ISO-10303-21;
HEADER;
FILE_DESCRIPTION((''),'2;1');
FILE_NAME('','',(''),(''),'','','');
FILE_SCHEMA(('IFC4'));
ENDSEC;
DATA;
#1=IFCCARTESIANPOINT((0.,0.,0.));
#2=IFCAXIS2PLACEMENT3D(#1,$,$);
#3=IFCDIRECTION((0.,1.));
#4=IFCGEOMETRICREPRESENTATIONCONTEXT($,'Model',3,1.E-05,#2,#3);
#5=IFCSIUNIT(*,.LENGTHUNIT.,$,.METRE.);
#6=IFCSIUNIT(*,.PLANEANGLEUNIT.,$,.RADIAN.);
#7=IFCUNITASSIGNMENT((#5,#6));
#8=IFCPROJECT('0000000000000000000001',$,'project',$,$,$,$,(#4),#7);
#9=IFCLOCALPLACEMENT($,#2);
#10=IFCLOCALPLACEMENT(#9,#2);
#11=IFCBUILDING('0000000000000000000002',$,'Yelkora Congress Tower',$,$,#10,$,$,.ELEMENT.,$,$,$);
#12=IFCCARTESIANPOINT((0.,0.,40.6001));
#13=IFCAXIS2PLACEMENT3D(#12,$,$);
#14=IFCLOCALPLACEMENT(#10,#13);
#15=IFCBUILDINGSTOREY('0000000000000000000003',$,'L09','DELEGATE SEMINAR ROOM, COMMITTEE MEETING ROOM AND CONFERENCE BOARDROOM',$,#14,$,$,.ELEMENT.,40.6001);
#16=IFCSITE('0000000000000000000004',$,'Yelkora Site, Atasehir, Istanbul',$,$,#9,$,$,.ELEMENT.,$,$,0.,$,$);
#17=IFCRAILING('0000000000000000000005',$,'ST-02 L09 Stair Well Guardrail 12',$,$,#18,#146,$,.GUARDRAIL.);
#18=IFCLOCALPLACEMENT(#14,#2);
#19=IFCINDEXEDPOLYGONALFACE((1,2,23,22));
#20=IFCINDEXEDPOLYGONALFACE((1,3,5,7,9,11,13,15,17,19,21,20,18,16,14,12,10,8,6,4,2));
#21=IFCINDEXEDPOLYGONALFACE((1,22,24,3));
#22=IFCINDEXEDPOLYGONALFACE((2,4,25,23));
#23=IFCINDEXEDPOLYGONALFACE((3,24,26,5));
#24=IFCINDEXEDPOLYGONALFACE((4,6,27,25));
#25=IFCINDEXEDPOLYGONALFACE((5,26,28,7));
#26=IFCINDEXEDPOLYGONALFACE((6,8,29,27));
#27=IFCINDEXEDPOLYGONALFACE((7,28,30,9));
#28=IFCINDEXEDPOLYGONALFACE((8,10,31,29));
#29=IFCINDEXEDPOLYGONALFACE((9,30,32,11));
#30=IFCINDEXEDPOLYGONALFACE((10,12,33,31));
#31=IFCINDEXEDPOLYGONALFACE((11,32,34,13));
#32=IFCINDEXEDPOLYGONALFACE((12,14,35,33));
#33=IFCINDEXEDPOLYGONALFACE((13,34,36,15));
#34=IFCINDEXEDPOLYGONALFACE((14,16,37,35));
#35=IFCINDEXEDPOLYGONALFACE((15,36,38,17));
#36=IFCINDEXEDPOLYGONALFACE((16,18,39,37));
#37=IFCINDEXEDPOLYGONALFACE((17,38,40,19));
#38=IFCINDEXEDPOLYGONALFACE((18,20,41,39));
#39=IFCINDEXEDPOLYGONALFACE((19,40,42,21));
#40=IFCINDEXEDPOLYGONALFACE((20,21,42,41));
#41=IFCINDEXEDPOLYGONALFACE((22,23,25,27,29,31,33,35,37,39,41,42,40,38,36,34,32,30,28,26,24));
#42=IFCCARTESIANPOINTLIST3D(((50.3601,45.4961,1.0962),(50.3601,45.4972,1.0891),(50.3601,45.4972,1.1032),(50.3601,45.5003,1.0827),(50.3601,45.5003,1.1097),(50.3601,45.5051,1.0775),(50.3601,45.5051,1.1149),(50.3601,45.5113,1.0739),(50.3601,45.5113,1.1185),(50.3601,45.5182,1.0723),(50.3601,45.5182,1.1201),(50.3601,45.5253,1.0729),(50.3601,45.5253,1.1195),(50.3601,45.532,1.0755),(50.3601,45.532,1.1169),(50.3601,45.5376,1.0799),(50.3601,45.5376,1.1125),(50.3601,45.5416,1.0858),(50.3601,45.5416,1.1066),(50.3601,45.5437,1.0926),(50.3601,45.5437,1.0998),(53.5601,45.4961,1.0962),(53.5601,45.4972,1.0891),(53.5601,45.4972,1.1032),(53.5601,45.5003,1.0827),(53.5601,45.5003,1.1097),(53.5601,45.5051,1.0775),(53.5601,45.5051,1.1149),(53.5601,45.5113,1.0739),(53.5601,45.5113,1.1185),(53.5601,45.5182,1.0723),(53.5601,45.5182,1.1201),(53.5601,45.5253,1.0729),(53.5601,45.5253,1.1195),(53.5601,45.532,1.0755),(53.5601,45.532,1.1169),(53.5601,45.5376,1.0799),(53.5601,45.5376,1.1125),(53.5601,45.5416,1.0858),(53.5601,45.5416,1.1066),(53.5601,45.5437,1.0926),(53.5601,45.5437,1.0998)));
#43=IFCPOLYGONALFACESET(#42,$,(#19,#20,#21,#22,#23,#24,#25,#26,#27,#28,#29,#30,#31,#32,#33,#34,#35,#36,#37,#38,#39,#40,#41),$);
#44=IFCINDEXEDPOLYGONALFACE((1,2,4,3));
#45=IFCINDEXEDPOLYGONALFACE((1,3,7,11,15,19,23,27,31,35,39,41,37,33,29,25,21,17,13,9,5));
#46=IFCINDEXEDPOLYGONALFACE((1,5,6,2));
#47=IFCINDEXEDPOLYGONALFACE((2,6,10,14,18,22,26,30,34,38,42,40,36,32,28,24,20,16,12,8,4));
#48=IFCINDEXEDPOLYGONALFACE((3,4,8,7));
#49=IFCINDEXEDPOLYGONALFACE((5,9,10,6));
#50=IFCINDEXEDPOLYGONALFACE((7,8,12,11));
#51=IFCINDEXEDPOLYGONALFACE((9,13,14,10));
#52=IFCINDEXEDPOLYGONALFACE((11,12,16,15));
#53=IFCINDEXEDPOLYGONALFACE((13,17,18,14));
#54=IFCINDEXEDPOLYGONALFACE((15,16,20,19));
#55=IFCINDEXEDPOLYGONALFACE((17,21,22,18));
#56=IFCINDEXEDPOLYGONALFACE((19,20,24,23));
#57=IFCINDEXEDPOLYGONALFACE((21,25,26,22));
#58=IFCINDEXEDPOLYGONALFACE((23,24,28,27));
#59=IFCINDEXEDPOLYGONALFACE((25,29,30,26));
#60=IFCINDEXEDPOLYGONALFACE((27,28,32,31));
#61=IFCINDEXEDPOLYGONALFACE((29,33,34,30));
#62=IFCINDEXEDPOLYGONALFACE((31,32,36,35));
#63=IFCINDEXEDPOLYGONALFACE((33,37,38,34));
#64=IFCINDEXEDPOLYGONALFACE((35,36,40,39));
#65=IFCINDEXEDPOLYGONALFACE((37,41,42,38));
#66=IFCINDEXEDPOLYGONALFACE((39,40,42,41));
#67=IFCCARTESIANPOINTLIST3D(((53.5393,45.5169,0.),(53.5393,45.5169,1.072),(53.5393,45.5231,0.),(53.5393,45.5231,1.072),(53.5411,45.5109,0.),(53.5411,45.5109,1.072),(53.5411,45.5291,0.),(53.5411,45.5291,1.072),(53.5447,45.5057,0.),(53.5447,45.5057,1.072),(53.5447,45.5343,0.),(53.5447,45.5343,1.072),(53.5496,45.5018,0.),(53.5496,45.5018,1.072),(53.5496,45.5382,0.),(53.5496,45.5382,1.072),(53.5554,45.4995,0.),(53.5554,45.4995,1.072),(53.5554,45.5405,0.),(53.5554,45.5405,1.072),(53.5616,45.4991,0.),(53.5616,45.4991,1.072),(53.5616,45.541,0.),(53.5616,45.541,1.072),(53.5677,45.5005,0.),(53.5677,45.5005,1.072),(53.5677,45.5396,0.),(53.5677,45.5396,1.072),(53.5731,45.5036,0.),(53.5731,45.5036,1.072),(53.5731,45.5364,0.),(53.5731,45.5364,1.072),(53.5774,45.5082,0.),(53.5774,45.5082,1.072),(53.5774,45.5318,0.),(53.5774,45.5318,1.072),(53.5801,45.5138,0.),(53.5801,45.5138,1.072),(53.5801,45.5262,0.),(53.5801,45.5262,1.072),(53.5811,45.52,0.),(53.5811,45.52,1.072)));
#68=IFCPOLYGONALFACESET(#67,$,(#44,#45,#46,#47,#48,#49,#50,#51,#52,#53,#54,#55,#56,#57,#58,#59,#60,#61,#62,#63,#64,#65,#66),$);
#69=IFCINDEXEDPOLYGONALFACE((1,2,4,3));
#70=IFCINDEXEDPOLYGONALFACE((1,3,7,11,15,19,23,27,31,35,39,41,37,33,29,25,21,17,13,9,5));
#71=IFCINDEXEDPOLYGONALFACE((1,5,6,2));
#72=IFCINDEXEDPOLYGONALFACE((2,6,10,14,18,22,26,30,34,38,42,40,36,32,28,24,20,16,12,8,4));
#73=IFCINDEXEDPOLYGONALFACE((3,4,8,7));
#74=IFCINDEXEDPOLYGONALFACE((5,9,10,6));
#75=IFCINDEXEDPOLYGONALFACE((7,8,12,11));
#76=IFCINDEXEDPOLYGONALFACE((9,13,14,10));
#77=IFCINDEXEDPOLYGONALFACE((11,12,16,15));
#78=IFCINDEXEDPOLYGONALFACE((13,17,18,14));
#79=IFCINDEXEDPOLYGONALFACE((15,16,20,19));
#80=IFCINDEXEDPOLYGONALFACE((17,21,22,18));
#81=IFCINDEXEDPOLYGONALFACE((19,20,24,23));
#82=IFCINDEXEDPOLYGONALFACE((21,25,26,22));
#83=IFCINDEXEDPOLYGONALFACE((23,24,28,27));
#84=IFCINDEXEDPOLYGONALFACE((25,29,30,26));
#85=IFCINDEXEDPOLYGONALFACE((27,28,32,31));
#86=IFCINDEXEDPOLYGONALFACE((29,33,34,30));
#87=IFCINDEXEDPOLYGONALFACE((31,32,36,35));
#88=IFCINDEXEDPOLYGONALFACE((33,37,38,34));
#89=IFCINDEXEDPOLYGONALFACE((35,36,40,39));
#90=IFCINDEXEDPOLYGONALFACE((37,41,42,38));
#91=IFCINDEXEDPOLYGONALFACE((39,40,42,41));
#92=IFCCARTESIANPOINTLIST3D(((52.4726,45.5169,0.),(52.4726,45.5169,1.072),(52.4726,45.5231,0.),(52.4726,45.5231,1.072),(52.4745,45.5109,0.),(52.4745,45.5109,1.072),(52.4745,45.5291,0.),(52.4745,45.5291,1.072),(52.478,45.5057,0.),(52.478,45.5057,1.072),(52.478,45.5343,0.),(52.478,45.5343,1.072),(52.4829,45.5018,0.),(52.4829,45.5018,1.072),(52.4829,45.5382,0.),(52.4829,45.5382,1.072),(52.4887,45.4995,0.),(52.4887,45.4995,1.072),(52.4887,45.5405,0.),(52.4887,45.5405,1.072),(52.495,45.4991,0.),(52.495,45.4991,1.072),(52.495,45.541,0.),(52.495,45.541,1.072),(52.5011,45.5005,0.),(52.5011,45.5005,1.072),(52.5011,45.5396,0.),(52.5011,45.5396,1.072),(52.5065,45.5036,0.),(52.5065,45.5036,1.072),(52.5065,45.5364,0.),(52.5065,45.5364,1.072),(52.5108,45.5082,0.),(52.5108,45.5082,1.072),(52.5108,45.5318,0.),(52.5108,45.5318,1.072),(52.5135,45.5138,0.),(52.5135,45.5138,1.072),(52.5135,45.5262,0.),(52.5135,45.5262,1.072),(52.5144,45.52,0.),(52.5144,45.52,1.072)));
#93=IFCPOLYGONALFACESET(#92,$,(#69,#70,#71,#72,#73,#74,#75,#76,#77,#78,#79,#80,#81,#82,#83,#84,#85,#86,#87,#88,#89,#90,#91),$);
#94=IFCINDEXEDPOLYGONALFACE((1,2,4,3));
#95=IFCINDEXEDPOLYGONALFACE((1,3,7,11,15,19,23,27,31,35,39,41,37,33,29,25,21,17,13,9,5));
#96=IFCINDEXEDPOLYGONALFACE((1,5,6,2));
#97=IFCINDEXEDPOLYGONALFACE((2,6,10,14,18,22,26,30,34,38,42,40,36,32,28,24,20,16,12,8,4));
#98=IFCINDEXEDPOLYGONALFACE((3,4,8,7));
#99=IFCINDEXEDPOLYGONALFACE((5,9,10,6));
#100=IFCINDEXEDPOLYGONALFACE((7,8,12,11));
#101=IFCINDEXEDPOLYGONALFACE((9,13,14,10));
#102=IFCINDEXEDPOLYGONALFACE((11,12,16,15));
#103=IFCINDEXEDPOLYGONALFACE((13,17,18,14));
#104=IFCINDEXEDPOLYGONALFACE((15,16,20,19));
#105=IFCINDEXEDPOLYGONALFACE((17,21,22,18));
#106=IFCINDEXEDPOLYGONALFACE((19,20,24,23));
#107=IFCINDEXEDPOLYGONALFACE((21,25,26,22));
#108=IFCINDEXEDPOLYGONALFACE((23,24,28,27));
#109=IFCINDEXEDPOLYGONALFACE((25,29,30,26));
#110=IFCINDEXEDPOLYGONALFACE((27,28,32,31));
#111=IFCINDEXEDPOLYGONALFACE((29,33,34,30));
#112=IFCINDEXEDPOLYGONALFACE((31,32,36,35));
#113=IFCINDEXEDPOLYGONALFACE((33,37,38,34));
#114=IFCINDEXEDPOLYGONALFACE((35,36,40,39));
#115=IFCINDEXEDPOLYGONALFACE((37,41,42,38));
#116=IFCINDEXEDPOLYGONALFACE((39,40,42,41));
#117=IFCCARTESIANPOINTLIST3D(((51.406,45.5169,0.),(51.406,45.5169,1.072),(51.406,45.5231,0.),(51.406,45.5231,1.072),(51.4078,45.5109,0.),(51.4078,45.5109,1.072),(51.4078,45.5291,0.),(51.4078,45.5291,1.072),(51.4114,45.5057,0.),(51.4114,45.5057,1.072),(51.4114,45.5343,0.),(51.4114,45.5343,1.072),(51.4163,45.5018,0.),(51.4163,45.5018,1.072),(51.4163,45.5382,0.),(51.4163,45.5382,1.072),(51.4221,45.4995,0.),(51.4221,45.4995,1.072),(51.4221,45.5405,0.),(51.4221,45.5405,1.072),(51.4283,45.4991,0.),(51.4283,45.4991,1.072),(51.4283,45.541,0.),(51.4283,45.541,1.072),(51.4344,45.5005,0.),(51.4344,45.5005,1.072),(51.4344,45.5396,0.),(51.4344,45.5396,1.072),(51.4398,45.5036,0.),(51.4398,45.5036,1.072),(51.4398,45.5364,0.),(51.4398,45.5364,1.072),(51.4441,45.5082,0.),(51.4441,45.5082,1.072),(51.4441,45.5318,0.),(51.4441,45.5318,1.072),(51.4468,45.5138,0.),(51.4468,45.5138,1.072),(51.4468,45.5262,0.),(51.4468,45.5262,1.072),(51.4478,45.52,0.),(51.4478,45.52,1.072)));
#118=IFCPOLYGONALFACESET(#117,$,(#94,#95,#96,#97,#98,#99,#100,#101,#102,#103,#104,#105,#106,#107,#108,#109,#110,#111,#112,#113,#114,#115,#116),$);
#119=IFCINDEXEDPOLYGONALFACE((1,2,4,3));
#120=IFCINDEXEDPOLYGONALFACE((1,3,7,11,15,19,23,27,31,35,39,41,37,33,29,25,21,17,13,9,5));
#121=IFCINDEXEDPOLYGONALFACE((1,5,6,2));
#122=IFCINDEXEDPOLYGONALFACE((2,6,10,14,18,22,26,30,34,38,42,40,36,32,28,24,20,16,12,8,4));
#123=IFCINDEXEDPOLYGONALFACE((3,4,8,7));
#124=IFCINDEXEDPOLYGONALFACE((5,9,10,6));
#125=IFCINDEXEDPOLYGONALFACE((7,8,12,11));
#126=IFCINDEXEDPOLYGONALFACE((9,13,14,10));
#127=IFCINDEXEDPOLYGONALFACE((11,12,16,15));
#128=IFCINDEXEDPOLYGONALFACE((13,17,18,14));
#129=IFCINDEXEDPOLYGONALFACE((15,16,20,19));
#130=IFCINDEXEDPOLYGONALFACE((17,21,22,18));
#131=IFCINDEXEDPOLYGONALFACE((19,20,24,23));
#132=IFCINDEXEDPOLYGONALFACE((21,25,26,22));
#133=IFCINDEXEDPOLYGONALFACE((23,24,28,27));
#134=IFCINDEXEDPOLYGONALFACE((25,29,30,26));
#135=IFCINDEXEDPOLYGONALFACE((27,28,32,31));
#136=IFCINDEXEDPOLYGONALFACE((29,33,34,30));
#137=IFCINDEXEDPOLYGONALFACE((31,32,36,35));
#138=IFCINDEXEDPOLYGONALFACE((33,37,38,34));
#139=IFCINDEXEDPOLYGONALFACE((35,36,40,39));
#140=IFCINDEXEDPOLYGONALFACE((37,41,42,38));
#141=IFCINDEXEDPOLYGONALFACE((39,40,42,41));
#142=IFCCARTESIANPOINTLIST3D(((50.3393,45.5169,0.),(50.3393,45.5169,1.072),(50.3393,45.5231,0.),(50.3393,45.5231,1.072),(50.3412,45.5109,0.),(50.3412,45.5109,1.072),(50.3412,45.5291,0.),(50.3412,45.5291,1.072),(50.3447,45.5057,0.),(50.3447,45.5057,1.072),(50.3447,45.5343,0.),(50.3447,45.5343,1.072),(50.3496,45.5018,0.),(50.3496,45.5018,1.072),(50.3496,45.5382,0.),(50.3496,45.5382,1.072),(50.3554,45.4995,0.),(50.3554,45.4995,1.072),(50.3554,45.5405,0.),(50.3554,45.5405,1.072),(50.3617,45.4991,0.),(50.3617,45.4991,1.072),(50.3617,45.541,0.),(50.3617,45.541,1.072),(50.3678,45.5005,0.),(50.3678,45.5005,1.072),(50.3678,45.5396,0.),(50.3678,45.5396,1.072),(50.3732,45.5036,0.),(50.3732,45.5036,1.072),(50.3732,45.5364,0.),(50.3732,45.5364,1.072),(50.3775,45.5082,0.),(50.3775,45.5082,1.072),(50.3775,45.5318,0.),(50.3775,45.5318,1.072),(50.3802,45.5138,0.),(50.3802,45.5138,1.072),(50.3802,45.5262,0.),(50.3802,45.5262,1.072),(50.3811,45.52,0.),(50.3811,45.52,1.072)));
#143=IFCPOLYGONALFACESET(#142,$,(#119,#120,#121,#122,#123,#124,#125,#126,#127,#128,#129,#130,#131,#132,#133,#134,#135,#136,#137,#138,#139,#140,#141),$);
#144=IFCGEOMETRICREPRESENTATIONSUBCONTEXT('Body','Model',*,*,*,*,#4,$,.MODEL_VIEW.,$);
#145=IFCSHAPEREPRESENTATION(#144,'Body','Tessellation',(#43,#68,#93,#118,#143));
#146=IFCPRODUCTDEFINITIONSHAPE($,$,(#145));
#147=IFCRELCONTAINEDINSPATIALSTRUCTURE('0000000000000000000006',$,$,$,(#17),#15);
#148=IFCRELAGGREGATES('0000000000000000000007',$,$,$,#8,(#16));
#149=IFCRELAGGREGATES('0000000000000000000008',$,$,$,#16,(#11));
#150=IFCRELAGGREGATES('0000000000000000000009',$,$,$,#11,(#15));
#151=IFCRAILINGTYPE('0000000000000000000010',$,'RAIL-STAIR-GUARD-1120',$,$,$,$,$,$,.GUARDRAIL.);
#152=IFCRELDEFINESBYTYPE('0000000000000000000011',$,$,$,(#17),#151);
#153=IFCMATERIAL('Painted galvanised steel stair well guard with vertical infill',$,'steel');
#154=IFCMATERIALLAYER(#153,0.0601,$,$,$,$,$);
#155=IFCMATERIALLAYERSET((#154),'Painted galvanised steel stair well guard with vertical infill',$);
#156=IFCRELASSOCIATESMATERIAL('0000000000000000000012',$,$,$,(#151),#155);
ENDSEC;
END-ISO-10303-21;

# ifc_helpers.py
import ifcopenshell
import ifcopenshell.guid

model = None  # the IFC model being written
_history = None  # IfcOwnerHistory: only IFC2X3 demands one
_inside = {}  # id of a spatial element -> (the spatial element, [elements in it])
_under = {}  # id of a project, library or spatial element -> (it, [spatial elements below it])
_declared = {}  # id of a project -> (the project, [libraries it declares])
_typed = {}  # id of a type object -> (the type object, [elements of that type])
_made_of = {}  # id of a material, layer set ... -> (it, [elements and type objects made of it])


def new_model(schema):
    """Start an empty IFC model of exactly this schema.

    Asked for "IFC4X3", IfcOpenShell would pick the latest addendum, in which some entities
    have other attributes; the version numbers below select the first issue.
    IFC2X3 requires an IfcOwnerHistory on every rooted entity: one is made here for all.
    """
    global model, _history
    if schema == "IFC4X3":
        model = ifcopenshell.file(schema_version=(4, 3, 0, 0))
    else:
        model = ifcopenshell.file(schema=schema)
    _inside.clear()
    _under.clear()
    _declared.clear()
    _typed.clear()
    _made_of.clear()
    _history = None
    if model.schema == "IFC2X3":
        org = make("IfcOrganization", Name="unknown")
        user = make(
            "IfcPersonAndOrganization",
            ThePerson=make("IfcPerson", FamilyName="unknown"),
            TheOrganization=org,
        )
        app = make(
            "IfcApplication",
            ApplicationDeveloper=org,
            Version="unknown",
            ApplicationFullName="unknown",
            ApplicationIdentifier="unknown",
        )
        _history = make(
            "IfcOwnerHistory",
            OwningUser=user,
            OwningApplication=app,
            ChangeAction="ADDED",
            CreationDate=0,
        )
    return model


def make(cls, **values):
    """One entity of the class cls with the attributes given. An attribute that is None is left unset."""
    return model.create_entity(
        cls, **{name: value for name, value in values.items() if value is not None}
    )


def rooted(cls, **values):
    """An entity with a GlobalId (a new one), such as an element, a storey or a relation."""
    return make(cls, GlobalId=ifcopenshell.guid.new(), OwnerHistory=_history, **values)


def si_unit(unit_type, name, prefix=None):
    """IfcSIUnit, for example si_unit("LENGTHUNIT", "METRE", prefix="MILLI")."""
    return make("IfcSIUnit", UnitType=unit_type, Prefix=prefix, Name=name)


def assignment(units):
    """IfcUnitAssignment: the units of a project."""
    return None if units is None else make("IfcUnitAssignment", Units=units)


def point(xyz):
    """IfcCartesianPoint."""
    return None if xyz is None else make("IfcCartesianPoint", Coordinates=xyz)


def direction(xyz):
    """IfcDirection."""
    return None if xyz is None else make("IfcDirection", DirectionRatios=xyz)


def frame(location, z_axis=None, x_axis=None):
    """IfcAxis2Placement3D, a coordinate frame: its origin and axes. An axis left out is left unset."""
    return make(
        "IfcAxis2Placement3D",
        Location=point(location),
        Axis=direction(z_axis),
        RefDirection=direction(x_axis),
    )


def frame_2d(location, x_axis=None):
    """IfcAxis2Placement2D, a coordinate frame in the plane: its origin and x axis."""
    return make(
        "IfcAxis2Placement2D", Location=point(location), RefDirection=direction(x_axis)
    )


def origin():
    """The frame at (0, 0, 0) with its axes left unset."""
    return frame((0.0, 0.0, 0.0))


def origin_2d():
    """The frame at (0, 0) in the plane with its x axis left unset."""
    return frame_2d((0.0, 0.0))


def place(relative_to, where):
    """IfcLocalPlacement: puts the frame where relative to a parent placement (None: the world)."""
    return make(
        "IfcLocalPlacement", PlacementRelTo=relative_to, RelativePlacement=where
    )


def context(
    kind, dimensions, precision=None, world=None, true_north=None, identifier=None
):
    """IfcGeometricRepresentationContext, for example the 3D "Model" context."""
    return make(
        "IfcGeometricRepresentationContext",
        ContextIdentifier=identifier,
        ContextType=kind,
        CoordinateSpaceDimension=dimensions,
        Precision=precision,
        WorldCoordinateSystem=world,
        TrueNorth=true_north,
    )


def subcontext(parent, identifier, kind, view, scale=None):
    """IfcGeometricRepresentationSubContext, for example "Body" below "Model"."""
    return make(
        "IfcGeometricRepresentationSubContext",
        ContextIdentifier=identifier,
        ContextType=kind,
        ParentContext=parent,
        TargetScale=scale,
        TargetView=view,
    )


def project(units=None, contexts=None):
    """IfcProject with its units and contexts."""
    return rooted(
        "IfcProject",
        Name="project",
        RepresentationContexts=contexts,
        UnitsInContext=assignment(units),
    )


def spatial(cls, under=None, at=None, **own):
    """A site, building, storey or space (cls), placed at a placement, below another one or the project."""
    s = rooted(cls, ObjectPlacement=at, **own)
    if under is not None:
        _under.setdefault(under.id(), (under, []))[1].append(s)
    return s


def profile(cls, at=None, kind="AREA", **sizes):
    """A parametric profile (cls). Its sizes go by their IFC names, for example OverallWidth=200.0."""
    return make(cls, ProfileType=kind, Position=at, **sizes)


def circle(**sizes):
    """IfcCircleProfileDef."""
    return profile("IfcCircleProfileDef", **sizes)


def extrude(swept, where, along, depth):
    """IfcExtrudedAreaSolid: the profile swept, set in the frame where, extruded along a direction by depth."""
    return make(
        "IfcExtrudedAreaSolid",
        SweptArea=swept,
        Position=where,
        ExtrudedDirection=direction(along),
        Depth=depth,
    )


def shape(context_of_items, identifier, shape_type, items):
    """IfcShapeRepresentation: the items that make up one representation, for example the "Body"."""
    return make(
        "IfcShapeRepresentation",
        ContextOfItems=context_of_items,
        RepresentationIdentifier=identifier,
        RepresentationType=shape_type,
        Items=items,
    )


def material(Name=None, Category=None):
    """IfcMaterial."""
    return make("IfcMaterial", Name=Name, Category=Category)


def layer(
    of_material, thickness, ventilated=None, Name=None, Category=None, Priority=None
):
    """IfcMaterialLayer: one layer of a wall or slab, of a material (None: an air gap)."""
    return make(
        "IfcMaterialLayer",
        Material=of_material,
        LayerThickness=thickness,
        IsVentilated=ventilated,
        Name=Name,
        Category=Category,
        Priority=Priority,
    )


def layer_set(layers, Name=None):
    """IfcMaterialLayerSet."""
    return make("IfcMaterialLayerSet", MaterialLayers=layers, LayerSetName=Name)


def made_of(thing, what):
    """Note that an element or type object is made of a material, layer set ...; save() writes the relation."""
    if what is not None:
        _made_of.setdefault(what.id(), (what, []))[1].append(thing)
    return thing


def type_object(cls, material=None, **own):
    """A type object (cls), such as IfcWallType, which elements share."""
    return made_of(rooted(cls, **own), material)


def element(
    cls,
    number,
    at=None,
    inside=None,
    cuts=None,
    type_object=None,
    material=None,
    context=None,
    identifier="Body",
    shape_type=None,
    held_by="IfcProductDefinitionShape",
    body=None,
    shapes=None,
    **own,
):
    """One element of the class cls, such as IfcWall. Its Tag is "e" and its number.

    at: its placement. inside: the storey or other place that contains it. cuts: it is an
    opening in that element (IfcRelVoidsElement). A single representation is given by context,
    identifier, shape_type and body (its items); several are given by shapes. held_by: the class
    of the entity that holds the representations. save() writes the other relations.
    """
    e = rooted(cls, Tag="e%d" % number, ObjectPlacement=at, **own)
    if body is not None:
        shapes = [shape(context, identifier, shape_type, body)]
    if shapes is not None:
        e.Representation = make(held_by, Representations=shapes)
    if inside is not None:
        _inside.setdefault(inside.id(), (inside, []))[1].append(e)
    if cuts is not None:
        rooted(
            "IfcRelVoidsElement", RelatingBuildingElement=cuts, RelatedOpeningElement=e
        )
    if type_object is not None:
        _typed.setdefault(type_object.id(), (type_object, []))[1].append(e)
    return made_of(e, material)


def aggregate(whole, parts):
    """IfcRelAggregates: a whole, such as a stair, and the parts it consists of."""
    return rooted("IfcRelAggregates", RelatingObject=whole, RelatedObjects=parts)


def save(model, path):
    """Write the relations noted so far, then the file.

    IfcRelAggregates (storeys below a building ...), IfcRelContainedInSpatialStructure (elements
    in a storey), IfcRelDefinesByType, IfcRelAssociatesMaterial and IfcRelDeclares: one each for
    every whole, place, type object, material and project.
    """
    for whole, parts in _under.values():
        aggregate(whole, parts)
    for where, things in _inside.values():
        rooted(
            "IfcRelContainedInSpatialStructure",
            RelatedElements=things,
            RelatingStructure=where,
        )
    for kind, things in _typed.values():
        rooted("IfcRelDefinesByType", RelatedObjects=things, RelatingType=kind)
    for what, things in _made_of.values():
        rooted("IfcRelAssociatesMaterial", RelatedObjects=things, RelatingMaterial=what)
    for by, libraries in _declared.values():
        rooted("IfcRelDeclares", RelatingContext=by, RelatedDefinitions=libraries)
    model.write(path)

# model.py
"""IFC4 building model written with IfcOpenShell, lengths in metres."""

from ifc_helpers import new_model, si_unit, direction, frame, origin, origin_2d, place, context, subcontext, project, spatial, circle, extrude, material, layer, layer_set, type_object, element, save


model = new_model("IFC4")

# Units and contexts
model_context = context("Model", 3, precision=1e-05, world=origin(), true_north=direction((0.0, 1.0)))
body_context = subcontext(model_context, "Body", "Model", "MODEL_VIEW")
ifc_project = project(units=[si_unit("LENGTHUNIT", "METRE"), si_unit("PLANEANGLEUNIT", "RADIAN")], contexts=[model_context])

# Site, building, storey
site_placement = place(None, origin())
site = spatial("IfcSite", under=ifc_project, at=site_placement, Name="Yelkora Site, Atasehir, Istanbul", CompositionType="ELEMENT", RefElevation=0.0)
building_placement = place(site_placement, origin())
building = spatial("IfcBuilding", under=site, at=building_placement, Name="Yelkora Congress Tower", CompositionType="ELEMENT")
storey_placement = place(building_placement, frame((0.0, 0.0, 40.6001)))
storey = spatial("IfcBuildingStorey", under=building, at=storey_placement, Name="L09", Description="DELEGATE SEMINAR ROOM, COMMITTEE MEETING ROOM AND CONFERENCE BOARDROOM", CompositionType="ELEMENT", Elevation=40.6001)

# Railing
ifc_material_1 = material(Name="Painted galvanised steel stair well guard with vertical infill", Category="steel")
ifc_layer_1 = layer(ifc_material_1, 0.0601)
ifc_layer_set_1 = layer_set([ifc_layer_1], Name="Painted galvanised steel stair well guard with vertical infill")
railing_type_1 = type_object("IfcRailingType", Name="RAIL-STAIR-GUARD-1120", PredefinedType="GUARDRAIL", material=ifc_layer_set_1)
railing_1_placement = place(storey_placement, frame((53.5601, 45.52, 0.0)))
element("IfcRailing", 1, at=railing_1_placement, inside=storey, type_object=railing_type_1, Name="ST-02 L09 Stair Well Guardrail 12", PredefinedType="GUARDRAIL", context=body_context, shape_type="SweptSolid", body=[
    extrude(circle(Radius=0.0239, at=origin_2d()), frame((0.0, 0.0, 1.0962), z_axis=(-1.0, 0.0, 0.0), x_axis=(0.0, -1.0, 0.0)), (0.0, 0.0, 1.0), 3.2),
    extrude(circle(Radius=0.021, at=origin_2d()), origin(), (0.0, 0.0, 1.0), 1.072),
    extrude(circle(Radius=0.021, at=origin_2d()), frame((-1.0667, 0.0, 0.0)), (0.0, 0.0, 1.0), 1.072),
    extrude(circle(Radius=0.021, at=origin_2d()), frame((-2.1333, 0.0, 0.0)), (0.0, 0.0, 1.0), 1.072),
    extrude(circle(Radius=0.021, at=origin_2d()), frame((-3.2, 0.0, 0.0)), (0.0, 0.0, 1.0), 1.072),
])

save(model, "model.ifc")
